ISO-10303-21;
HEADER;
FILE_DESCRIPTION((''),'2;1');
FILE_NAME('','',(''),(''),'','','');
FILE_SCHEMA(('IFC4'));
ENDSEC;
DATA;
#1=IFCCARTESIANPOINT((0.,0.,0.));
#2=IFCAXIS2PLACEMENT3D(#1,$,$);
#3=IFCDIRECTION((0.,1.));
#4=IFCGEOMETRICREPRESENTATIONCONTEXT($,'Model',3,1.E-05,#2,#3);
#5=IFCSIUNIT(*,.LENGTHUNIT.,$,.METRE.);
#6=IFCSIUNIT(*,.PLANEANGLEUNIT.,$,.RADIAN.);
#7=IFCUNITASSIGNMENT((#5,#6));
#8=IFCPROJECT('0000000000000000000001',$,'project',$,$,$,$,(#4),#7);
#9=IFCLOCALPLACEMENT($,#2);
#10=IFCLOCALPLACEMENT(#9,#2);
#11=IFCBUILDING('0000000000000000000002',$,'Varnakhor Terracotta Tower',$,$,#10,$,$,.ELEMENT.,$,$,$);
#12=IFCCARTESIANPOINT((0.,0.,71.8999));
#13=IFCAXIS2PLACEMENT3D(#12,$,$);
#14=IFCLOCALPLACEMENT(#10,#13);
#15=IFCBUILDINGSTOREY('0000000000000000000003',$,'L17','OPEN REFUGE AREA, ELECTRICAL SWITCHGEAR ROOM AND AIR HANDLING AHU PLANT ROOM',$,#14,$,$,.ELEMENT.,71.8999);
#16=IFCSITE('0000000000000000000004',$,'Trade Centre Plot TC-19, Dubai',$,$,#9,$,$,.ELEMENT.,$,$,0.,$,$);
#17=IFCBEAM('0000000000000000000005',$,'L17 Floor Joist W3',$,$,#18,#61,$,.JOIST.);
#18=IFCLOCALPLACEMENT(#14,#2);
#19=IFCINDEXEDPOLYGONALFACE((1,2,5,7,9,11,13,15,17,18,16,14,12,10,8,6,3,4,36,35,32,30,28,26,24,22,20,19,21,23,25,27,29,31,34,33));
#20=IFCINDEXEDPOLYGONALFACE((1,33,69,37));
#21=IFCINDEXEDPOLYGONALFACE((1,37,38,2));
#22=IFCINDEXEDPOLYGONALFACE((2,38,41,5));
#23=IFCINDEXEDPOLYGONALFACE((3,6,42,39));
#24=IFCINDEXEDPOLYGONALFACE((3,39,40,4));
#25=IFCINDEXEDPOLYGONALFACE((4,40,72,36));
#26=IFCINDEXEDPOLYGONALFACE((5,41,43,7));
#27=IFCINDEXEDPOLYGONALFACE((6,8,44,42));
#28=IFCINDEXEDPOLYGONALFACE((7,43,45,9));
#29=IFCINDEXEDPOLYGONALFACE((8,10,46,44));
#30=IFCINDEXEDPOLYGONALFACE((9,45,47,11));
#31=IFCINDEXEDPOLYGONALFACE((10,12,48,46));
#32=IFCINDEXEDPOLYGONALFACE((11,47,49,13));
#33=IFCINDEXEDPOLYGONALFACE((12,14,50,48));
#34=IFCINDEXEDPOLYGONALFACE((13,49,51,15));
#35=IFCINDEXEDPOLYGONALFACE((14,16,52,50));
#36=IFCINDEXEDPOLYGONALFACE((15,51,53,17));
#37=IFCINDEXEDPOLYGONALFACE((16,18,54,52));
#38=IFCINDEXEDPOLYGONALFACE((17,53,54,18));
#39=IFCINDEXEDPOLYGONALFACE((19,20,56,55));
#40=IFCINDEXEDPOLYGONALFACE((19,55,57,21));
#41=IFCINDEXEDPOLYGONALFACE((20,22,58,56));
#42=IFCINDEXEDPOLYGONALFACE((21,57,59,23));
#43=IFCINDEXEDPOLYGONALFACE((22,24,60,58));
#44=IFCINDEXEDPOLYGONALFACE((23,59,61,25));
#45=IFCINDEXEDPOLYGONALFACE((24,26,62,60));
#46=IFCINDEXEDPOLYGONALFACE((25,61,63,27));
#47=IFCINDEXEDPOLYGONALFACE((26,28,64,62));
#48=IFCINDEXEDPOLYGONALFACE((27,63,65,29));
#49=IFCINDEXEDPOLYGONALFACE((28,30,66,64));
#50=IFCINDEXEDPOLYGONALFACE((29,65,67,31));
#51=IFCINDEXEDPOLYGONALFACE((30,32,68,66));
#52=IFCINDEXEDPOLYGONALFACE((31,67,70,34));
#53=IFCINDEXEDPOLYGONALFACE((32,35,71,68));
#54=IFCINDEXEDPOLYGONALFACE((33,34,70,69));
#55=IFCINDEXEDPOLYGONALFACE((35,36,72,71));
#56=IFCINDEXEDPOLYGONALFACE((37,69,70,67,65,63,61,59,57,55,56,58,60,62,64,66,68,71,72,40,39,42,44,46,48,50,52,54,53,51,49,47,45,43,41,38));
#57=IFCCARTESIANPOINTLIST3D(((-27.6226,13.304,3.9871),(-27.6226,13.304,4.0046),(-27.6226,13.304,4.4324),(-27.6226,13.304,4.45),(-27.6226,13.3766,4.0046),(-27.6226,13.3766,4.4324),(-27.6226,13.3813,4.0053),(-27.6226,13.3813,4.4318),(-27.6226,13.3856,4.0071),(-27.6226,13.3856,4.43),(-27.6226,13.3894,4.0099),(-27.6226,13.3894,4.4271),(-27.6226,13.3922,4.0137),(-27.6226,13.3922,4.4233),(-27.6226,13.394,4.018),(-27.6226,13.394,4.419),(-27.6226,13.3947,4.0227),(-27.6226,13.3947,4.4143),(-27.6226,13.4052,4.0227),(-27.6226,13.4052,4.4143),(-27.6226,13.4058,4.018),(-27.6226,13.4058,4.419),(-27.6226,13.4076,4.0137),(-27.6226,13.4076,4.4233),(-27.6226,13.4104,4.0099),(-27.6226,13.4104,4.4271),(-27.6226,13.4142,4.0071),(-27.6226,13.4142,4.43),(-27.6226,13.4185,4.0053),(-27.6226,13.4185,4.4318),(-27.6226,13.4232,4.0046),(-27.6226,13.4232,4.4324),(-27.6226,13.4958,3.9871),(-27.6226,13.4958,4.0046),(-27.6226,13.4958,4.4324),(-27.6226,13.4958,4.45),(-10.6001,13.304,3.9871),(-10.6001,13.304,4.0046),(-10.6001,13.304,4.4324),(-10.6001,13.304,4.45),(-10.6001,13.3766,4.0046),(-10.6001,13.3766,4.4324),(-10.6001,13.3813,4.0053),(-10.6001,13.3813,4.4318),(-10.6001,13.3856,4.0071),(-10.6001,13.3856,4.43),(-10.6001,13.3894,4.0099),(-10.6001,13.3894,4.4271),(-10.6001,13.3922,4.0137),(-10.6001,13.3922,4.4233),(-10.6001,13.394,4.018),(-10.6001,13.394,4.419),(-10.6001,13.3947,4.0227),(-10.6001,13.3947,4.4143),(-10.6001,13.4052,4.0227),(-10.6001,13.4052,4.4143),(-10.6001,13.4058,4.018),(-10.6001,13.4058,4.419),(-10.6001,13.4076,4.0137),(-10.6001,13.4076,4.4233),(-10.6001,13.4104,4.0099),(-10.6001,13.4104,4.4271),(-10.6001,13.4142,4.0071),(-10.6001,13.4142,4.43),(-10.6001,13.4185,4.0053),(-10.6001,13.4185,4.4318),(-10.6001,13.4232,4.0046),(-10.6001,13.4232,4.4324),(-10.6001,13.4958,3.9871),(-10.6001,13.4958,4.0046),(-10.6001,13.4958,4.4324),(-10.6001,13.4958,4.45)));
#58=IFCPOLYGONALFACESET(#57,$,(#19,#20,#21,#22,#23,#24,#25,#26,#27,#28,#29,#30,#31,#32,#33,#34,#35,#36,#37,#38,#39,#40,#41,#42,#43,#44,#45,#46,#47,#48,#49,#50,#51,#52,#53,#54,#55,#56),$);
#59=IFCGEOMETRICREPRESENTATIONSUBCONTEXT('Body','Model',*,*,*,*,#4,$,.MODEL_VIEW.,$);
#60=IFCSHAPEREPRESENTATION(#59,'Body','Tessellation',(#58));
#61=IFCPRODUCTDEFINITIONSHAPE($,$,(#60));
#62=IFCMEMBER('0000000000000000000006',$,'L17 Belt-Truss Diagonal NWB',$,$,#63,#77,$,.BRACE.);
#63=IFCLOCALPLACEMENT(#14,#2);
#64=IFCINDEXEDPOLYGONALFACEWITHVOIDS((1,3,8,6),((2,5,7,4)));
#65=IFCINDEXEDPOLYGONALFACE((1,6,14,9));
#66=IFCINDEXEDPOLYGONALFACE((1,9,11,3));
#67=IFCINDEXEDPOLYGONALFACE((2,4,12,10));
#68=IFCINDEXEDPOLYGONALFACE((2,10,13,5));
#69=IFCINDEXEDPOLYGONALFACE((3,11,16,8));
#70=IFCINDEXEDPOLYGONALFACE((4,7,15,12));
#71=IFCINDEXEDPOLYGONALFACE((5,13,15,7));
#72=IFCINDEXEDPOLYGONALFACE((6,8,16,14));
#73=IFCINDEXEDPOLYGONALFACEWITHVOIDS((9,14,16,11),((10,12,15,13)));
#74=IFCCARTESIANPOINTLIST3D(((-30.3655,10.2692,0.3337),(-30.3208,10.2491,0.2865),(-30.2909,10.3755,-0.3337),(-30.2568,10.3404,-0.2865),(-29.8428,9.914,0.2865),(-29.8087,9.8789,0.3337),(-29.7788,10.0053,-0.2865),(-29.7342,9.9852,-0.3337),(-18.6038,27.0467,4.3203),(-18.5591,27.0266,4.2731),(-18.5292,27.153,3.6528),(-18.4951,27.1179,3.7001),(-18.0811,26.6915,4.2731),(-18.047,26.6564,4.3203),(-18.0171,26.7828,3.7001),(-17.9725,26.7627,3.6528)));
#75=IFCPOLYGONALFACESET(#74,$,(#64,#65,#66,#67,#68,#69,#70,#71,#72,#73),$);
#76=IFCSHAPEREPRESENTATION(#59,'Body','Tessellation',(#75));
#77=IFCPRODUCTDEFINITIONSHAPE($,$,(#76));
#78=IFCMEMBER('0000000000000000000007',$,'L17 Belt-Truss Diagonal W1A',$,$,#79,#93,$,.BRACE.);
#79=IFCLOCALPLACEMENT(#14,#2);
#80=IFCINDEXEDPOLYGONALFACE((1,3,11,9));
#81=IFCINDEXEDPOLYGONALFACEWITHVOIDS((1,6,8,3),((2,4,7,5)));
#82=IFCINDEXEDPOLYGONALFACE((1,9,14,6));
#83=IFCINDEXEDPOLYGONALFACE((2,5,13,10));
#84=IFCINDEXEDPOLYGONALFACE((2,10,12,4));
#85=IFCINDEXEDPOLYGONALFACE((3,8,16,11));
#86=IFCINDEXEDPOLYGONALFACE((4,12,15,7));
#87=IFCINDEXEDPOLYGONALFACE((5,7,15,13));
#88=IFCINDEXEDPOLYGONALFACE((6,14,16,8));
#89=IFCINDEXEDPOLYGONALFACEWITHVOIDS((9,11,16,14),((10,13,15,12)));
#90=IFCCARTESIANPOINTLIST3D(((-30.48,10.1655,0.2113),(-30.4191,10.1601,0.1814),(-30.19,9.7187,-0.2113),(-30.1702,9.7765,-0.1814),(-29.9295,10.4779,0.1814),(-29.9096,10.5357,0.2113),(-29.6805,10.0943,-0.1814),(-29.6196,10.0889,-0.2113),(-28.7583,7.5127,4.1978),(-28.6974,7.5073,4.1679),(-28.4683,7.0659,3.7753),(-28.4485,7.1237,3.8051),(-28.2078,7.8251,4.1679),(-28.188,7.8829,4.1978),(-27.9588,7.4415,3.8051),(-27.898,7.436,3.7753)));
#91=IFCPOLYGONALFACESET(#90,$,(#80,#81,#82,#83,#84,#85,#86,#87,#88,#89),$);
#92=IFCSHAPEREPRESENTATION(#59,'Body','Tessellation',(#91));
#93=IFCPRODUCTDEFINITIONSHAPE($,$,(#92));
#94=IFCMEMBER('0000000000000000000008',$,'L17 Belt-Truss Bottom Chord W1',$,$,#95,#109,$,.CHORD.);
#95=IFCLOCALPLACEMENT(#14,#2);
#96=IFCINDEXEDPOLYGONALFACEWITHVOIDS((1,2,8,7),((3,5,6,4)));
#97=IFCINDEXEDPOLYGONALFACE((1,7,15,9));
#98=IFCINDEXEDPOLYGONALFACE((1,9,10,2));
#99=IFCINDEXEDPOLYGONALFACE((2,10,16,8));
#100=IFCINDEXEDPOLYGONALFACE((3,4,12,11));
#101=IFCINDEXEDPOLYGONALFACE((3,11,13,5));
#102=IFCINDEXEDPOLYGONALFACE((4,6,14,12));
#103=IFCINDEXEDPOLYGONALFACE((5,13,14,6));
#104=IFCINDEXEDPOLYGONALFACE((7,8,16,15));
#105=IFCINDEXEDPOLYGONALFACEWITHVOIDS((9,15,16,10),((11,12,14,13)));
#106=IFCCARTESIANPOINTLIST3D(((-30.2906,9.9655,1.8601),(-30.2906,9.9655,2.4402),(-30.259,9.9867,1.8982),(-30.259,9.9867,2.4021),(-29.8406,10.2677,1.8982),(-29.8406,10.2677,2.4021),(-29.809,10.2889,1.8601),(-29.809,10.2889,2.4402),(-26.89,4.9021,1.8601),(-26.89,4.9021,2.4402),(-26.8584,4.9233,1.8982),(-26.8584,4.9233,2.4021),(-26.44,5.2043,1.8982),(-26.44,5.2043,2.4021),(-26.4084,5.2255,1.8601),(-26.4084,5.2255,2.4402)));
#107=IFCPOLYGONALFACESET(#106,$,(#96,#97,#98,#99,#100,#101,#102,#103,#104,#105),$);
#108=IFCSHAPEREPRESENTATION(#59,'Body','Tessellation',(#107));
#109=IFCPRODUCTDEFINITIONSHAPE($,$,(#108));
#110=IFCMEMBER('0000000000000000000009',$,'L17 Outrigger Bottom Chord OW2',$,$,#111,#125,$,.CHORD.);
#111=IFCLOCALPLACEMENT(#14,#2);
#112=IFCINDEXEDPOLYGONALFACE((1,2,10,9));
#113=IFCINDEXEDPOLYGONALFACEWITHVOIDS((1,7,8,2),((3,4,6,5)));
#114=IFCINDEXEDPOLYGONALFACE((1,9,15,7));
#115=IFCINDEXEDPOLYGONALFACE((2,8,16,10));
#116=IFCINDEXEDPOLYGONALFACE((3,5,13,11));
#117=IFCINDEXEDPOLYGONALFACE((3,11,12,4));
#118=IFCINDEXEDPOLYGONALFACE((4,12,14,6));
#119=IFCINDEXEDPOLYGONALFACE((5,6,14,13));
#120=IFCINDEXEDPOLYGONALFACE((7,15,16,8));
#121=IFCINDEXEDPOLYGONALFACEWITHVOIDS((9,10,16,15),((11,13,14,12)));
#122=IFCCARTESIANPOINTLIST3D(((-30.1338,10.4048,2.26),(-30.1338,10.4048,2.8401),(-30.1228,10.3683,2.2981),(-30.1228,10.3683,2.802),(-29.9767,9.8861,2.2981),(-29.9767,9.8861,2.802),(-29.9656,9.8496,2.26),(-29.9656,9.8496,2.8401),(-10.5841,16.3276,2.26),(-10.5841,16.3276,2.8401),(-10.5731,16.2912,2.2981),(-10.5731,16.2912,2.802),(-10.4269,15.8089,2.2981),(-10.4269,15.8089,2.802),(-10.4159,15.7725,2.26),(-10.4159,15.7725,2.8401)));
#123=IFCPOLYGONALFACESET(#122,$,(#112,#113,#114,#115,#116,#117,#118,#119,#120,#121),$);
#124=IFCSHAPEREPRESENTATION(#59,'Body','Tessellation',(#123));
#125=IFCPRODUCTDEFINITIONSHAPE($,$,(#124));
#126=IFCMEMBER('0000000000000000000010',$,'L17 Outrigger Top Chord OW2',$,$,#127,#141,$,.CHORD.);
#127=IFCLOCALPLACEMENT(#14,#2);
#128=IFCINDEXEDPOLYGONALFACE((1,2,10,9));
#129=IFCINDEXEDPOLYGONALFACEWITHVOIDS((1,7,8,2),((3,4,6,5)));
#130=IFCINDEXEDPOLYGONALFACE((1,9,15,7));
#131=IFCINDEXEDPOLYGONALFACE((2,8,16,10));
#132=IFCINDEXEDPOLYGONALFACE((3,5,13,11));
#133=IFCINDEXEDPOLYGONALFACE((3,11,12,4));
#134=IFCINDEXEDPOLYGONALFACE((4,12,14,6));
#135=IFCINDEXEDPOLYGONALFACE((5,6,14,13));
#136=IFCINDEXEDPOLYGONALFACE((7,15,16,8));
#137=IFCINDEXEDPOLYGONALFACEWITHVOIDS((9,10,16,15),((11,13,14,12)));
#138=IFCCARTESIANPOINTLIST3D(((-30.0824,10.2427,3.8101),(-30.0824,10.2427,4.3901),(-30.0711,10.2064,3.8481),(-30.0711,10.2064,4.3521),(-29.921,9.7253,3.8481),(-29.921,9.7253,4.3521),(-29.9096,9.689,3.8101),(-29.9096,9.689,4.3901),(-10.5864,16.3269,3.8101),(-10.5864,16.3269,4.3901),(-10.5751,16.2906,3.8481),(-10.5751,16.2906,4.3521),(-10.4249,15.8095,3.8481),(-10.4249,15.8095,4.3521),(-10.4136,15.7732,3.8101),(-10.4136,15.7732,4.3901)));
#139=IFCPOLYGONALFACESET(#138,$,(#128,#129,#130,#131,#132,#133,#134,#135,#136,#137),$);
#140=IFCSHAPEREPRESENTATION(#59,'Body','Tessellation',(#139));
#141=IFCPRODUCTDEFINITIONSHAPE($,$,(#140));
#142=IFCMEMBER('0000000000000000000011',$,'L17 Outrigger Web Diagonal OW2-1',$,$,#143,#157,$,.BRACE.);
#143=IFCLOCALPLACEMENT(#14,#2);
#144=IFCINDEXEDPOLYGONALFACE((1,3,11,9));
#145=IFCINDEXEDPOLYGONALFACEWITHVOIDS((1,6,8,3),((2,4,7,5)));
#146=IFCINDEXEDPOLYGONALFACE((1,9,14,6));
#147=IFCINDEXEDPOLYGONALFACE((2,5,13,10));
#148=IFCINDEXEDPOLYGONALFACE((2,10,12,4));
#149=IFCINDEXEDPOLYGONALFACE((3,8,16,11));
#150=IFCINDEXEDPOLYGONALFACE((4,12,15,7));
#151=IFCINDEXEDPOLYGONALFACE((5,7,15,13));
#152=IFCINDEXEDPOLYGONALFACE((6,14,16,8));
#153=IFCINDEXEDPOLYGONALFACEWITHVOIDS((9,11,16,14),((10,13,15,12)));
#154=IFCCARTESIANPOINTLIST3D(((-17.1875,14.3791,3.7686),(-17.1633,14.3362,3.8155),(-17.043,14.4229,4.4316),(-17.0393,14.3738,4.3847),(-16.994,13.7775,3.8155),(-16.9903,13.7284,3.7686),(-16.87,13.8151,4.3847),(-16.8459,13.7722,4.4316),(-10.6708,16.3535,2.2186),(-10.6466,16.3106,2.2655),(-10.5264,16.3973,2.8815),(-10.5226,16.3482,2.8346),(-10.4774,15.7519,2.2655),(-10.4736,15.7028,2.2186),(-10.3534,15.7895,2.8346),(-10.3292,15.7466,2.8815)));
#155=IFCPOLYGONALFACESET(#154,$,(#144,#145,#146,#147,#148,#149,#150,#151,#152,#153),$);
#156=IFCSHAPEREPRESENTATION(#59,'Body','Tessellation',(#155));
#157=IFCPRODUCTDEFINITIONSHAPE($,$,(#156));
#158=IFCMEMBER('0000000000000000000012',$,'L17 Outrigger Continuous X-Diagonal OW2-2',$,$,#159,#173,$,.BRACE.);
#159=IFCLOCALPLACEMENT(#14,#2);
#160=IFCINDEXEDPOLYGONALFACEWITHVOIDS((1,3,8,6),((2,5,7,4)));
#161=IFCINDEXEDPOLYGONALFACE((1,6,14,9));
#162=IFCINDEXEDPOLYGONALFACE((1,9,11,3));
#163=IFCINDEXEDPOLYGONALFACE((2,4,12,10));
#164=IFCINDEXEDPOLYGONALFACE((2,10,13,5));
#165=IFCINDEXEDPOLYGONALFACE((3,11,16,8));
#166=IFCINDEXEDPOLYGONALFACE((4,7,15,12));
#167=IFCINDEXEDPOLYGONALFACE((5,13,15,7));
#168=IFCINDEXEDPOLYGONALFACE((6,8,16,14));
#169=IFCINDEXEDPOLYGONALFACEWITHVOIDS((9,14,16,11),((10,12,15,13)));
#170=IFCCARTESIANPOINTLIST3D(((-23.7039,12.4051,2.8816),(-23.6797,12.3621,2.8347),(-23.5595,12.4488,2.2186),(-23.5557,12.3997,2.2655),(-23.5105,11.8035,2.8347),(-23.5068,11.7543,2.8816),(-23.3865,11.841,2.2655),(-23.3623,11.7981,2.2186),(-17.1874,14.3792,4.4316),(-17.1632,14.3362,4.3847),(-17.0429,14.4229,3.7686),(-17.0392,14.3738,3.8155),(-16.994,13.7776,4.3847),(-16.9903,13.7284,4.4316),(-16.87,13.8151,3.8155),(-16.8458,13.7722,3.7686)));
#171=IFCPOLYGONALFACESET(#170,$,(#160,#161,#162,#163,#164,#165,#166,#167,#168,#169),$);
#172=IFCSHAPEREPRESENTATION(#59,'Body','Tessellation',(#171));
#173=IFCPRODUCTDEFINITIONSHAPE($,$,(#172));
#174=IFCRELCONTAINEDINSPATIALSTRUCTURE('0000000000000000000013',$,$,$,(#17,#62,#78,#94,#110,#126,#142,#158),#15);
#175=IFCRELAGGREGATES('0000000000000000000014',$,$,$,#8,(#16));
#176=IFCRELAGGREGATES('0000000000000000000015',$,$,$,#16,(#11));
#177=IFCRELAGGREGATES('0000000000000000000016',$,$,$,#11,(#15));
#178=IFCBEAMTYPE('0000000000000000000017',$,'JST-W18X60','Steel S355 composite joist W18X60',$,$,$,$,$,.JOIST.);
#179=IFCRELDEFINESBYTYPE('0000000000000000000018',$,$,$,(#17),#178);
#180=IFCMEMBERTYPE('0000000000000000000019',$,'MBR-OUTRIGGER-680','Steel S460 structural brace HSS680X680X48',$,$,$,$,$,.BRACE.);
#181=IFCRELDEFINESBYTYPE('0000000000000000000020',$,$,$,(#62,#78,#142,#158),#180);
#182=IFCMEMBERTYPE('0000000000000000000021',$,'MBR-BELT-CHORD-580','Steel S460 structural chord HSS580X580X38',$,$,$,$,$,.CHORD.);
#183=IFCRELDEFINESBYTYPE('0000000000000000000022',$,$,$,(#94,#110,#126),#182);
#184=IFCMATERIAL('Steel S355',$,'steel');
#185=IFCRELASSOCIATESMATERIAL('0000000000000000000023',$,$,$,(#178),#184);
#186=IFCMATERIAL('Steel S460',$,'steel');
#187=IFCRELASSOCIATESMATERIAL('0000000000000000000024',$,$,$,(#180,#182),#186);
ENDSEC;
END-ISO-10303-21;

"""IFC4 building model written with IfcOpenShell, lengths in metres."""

from ifc_helpers import new_model, si_unit, direction, frame, origin, origin_2d, place, context, subcontext, project, spatial, hollow_rectangle, i_section, extrude, source, transform, mapped, material, material_profile, profile_set, type_object, element, save


model = new_model("IFC4")

# Units and contexts
model_context = context("Model", 3, precision=1e-05, world=origin(), true_north=direction((0.0, 1.0)))
body_context = subcontext(model_context, "Body", "Model", "MODEL_VIEW")
ifc_project = project(units=[si_unit("LENGTHUNIT", "METRE"), si_unit("PLANEANGLEUNIT", "RADIAN")], contexts=[model_context])

# Site, building, storey
site_placement = place(None, origin())
site = spatial("IfcSite", under=ifc_project, at=site_placement, Name="Trade Centre Plot TC-19, Dubai", CompositionType="ELEMENT", RefElevation=0.0)
building_placement = place(site_placement, origin())
building = spatial("IfcBuilding", under=site, at=building_placement, Name="Varnakhor Terracotta Tower", CompositionType="ELEMENT")
storey_placement = place(building_placement, frame((0.0, 0.0, 71.8999)))
storey = spatial("IfcBuildingStorey", under=building, at=storey_placement, Name="L17", Description="OPEN REFUGE AREA, ELECTRICAL SWITCHGEAR ROOM AND AIR HANDLING AHU PLANT ROOM", CompositionType="ELEMENT", Elevation=71.8999)

# Shared definitions
ifc_material_1 = material(Name="Steel S460", Category="steel")

# Beam
ifc_material_2 = material(Name="Steel S355", Category="steel")
ifc_material_profile_1 = material_profile(ifc_material_2, i_section(OverallWidth=0.1919, OverallDepth=0.4629, WebThickness=0.0105, FlangeThickness=0.0176, FilletRadius=0.0181, at=origin_2d()), Name="W18X60")
ifc_profile_set_1 = profile_set([ifc_material_profile_1], Name="Steel S355")
beam_type_1 = type_object("IfcBeamType", Name="JST-W18X60", Description="Steel S355 composite joist W18X60", PredefinedType="JOIST", material=ifc_profile_set_1)
shared_shape_1 = source(origin(), body_context, "Body", "SweptSolid", [
    extrude(i_section(OverallWidth=0.1919, OverallDepth=0.4629, WebThickness=0.0105, FlangeThickness=0.0176, FilletRadius=0.0181, at=origin_2d()), origin(), (0.0, 0.0, 1.0), 17.0225),
])
beam_1_placement = place(storey_placement, frame((-27.6226, 13.3999, 4.2185), z_axis=(1.0, 0.0, 0.0), x_axis=(0.0, 1.0, 0.0)))
element("IfcBeam", 1, at=beam_1_placement, inside=storey, type_object=beam_type_1, Name="L17 Floor Joist W3", PredefinedType="JOIST", context=body_context, shape_type="MappedRepresentation", body=[
    mapped(shared_shape_1, transform((0.0, 0.0, 0.0), scale=1.0)),
])

# Members
ifc_material_profile_2 = material_profile(ifc_material_1, hollow_rectangle(XDim=0.6799, YDim=0.6799, WallThickness=0.0481, at=origin_2d()), Name="HSS680X680X48")
ifc_profile_set_2 = profile_set([ifc_material_profile_2], Name="Steel S460")
member_type_1 = type_object("IfcMemberType", Name="MBR-OUTRIGGER-680", Description="Steel S460 structural brace HSS680X680X48", PredefinedType="BRACE", material=ifc_profile_set_2)
shared_shape_2 = source(origin(), body_context, "Body", "SweptSolid", [
    extrude(hollow_rectangle(XDim=0.6799, YDim=0.6799, WallThickness=0.0481, at=origin_2d()), origin(), (0.0, 0.0, 1.0), 20.8738),
])
member_1_placement = place(storey_placement, frame((-30.0498, 10.1272, 0.0), z_axis=(0.563466, 0.80376, 0.190984), x_axis=(-0.818833, 0.574032, 0.0)))
element("IfcMember", 2, at=member_1_placement, inside=storey, type_object=member_type_1, Name="L17 Belt-Truss Diagonal NWB", PredefinedType="BRACE", context=body_context, shape_type="MappedRepresentation", body=[
    mapped(shared_shape_2, transform((0.0, 0.0, 0.0), scale=1.0)),
])
shared_shape_3 = source(origin(), body_context, "Body", "SweptSolid", [
    extrude(hollow_rectangle(XDim=0.6799, YDim=0.6799, WallThickness=0.0481, at=origin_2d()), origin(), (0.0, 0.0, 1.0), 5.0886),
])
member_2_placement = place(storey_placement, frame((-30.0498, 10.1272, 0.0), z_axis=(0.338337, -0.521322, 0.783423), x_axis=(0.838828, 0.544397, 0.0)))
element("IfcMember", 3, at=member_2_placement, inside=storey, type_object=member_type_1, Name="L17 Belt-Truss Diagonal W1A", PredefinedType="BRACE", context=body_context, shape_type="MappedRepresentation", body=[
    mapped(shared_shape_3, transform((0.0, 0.0, 0.0), scale=1.0)),
])
ifc_material_profile_3 = material_profile(ifc_material_1, hollow_rectangle(XDim=0.5801, YDim=0.5801, WallThickness=0.0381, at=origin_2d()), Name="HSS580X580X38")
ifc_profile_set_3 = profile_set([ifc_material_profile_3], Name="Steel S460")
member_type_2 = type_object("IfcMemberType", Name="MBR-BELT-CHORD-580", Description="Steel S460 structural chord HSS580X580X38", PredefinedType="CHORD", material=ifc_profile_set_3)
shared_shape_4 = source(origin(), body_context, "Body", "SweptSolid", [
    extrude(hollow_rectangle(XDim=0.5801, YDim=0.5801, WallThickness=0.0381, at=origin_2d()), origin(), (0.0, 0.0, 1.0), 6.0994),
])
member_3_placement = place(storey_placement, frame((-30.0498, 10.1272, 2.1501), z_axis=(0.557533, -0.830155, 0.0), x_axis=(0.830155, 0.557533, 0.0)))
element("IfcMember", 4, at=member_3_placement, inside=storey, type_object=member_type_2, Name="L17 Belt-Truss Bottom Chord W1", PredefinedType="CHORD", context=body_context, shape_type="MappedRepresentation", body=[
    mapped(shared_shape_4, transform((0.0, 0.0, 0.0), scale=1.0)),
])
shared_shape_5 = source(origin(), body_context, "Body", "SweptSolid", [
    extrude(hollow_rectangle(XDim=0.5801, YDim=0.5801, WallThickness=0.0381, at=origin_2d()), origin(), (0.0, 0.0, 1.0), 20.4272),
])
member_4_placement = place(storey_placement, frame((-10.5, 16.05, 2.55), z_axis=(-0.957042, -0.289948, 0.0), x_axis=(0.289948, -0.957042, 0.0)))
element("IfcMember", 5, at=member_4_placement, inside=storey, type_object=member_type_2, Name="L17 Outrigger Bottom Chord OW2", PredefinedType="CHORD", context=body_context, shape_type="MappedRepresentation", body=[
    mapped(shared_shape_5, transform((0.0, 0.0, 0.0), scale=1.0)),
])
shared_shape_6 = source(origin(), body_context, "Body", "SweptSolid", [
    extrude(hollow_rectangle(XDim=0.5801, YDim=0.5801, WallThickness=0.0381, at=origin_2d()), origin(), (0.0, 0.0, 1.0), 20.4233),
])
member_5_placement = place(storey_placement, frame((-10.5, 16.05, 4.1001), z_axis=(-0.954596, -0.297905, 0.0), x_axis=(0.297905, -0.954596, 0.0)))
element("IfcMember", 6, at=member_5_placement, inside=storey, type_object=member_type_2, Name="L17 Outrigger Top Chord OW2", PredefinedType="CHORD", context=body_context, shape_type="MappedRepresentation", body=[
    mapped(shared_shape_6, transform((0.0, 0.0, 0.0), scale=1.0)),
])
shared_shape_7 = source(origin(), body_context, "Body", "SweptSolid", [
    extrude(hollow_rectangle(XDim=0.6799, YDim=0.6799, WallThickness=0.0481, at=origin_2d()), origin(), (0.0, 0.0, 1.0), 6.9834),
])
member_6_placement = place(storey_placement, frame((-10.5, 16.05, 2.55), z_axis=(-0.933166, -0.282726, 0.221964), x_axis=(0.289959, -0.957039, 0.0)))
element("IfcMember", 7, at=member_6_placement, inside=storey, type_object=member_type_1, Name="L17 Outrigger Web Diagonal OW2-1", PredefinedType="BRACE", context=body_context, shape_type="MappedRepresentation", body=[
    mapped(shared_shape_7, transform((0.0, 0.0, 0.0), scale=1.0)),
])
shared_shape_8 = source(origin(), body_context, "Body", "SweptSolid", [
    extrude(hollow_rectangle(XDim=0.6799, YDim=0.6799, WallThickness=0.0481, at=origin_2d()), origin(), (0.0, 0.0, 1.0), 6.9832),
])
member_7_placement = place(storey_placement, frame((-17.0166, 14.0757, 4.1001), z_axis=(-0.933175, -0.282693, -0.221966), x_axis=(0.289926, -0.957049, 0.0)))
element("IfcMember", 8, at=member_7_placement, inside=storey, type_object=member_type_1, Name="L17 Outrigger Continuous X-Diagonal OW2-2", PredefinedType="BRACE", context=body_context, shape_type="MappedRepresentation", body=[
    mapped(shared_shape_8, transform((0.0, 0.0, 0.0), scale=1.0)),
])

save(model, "model.ifc")
